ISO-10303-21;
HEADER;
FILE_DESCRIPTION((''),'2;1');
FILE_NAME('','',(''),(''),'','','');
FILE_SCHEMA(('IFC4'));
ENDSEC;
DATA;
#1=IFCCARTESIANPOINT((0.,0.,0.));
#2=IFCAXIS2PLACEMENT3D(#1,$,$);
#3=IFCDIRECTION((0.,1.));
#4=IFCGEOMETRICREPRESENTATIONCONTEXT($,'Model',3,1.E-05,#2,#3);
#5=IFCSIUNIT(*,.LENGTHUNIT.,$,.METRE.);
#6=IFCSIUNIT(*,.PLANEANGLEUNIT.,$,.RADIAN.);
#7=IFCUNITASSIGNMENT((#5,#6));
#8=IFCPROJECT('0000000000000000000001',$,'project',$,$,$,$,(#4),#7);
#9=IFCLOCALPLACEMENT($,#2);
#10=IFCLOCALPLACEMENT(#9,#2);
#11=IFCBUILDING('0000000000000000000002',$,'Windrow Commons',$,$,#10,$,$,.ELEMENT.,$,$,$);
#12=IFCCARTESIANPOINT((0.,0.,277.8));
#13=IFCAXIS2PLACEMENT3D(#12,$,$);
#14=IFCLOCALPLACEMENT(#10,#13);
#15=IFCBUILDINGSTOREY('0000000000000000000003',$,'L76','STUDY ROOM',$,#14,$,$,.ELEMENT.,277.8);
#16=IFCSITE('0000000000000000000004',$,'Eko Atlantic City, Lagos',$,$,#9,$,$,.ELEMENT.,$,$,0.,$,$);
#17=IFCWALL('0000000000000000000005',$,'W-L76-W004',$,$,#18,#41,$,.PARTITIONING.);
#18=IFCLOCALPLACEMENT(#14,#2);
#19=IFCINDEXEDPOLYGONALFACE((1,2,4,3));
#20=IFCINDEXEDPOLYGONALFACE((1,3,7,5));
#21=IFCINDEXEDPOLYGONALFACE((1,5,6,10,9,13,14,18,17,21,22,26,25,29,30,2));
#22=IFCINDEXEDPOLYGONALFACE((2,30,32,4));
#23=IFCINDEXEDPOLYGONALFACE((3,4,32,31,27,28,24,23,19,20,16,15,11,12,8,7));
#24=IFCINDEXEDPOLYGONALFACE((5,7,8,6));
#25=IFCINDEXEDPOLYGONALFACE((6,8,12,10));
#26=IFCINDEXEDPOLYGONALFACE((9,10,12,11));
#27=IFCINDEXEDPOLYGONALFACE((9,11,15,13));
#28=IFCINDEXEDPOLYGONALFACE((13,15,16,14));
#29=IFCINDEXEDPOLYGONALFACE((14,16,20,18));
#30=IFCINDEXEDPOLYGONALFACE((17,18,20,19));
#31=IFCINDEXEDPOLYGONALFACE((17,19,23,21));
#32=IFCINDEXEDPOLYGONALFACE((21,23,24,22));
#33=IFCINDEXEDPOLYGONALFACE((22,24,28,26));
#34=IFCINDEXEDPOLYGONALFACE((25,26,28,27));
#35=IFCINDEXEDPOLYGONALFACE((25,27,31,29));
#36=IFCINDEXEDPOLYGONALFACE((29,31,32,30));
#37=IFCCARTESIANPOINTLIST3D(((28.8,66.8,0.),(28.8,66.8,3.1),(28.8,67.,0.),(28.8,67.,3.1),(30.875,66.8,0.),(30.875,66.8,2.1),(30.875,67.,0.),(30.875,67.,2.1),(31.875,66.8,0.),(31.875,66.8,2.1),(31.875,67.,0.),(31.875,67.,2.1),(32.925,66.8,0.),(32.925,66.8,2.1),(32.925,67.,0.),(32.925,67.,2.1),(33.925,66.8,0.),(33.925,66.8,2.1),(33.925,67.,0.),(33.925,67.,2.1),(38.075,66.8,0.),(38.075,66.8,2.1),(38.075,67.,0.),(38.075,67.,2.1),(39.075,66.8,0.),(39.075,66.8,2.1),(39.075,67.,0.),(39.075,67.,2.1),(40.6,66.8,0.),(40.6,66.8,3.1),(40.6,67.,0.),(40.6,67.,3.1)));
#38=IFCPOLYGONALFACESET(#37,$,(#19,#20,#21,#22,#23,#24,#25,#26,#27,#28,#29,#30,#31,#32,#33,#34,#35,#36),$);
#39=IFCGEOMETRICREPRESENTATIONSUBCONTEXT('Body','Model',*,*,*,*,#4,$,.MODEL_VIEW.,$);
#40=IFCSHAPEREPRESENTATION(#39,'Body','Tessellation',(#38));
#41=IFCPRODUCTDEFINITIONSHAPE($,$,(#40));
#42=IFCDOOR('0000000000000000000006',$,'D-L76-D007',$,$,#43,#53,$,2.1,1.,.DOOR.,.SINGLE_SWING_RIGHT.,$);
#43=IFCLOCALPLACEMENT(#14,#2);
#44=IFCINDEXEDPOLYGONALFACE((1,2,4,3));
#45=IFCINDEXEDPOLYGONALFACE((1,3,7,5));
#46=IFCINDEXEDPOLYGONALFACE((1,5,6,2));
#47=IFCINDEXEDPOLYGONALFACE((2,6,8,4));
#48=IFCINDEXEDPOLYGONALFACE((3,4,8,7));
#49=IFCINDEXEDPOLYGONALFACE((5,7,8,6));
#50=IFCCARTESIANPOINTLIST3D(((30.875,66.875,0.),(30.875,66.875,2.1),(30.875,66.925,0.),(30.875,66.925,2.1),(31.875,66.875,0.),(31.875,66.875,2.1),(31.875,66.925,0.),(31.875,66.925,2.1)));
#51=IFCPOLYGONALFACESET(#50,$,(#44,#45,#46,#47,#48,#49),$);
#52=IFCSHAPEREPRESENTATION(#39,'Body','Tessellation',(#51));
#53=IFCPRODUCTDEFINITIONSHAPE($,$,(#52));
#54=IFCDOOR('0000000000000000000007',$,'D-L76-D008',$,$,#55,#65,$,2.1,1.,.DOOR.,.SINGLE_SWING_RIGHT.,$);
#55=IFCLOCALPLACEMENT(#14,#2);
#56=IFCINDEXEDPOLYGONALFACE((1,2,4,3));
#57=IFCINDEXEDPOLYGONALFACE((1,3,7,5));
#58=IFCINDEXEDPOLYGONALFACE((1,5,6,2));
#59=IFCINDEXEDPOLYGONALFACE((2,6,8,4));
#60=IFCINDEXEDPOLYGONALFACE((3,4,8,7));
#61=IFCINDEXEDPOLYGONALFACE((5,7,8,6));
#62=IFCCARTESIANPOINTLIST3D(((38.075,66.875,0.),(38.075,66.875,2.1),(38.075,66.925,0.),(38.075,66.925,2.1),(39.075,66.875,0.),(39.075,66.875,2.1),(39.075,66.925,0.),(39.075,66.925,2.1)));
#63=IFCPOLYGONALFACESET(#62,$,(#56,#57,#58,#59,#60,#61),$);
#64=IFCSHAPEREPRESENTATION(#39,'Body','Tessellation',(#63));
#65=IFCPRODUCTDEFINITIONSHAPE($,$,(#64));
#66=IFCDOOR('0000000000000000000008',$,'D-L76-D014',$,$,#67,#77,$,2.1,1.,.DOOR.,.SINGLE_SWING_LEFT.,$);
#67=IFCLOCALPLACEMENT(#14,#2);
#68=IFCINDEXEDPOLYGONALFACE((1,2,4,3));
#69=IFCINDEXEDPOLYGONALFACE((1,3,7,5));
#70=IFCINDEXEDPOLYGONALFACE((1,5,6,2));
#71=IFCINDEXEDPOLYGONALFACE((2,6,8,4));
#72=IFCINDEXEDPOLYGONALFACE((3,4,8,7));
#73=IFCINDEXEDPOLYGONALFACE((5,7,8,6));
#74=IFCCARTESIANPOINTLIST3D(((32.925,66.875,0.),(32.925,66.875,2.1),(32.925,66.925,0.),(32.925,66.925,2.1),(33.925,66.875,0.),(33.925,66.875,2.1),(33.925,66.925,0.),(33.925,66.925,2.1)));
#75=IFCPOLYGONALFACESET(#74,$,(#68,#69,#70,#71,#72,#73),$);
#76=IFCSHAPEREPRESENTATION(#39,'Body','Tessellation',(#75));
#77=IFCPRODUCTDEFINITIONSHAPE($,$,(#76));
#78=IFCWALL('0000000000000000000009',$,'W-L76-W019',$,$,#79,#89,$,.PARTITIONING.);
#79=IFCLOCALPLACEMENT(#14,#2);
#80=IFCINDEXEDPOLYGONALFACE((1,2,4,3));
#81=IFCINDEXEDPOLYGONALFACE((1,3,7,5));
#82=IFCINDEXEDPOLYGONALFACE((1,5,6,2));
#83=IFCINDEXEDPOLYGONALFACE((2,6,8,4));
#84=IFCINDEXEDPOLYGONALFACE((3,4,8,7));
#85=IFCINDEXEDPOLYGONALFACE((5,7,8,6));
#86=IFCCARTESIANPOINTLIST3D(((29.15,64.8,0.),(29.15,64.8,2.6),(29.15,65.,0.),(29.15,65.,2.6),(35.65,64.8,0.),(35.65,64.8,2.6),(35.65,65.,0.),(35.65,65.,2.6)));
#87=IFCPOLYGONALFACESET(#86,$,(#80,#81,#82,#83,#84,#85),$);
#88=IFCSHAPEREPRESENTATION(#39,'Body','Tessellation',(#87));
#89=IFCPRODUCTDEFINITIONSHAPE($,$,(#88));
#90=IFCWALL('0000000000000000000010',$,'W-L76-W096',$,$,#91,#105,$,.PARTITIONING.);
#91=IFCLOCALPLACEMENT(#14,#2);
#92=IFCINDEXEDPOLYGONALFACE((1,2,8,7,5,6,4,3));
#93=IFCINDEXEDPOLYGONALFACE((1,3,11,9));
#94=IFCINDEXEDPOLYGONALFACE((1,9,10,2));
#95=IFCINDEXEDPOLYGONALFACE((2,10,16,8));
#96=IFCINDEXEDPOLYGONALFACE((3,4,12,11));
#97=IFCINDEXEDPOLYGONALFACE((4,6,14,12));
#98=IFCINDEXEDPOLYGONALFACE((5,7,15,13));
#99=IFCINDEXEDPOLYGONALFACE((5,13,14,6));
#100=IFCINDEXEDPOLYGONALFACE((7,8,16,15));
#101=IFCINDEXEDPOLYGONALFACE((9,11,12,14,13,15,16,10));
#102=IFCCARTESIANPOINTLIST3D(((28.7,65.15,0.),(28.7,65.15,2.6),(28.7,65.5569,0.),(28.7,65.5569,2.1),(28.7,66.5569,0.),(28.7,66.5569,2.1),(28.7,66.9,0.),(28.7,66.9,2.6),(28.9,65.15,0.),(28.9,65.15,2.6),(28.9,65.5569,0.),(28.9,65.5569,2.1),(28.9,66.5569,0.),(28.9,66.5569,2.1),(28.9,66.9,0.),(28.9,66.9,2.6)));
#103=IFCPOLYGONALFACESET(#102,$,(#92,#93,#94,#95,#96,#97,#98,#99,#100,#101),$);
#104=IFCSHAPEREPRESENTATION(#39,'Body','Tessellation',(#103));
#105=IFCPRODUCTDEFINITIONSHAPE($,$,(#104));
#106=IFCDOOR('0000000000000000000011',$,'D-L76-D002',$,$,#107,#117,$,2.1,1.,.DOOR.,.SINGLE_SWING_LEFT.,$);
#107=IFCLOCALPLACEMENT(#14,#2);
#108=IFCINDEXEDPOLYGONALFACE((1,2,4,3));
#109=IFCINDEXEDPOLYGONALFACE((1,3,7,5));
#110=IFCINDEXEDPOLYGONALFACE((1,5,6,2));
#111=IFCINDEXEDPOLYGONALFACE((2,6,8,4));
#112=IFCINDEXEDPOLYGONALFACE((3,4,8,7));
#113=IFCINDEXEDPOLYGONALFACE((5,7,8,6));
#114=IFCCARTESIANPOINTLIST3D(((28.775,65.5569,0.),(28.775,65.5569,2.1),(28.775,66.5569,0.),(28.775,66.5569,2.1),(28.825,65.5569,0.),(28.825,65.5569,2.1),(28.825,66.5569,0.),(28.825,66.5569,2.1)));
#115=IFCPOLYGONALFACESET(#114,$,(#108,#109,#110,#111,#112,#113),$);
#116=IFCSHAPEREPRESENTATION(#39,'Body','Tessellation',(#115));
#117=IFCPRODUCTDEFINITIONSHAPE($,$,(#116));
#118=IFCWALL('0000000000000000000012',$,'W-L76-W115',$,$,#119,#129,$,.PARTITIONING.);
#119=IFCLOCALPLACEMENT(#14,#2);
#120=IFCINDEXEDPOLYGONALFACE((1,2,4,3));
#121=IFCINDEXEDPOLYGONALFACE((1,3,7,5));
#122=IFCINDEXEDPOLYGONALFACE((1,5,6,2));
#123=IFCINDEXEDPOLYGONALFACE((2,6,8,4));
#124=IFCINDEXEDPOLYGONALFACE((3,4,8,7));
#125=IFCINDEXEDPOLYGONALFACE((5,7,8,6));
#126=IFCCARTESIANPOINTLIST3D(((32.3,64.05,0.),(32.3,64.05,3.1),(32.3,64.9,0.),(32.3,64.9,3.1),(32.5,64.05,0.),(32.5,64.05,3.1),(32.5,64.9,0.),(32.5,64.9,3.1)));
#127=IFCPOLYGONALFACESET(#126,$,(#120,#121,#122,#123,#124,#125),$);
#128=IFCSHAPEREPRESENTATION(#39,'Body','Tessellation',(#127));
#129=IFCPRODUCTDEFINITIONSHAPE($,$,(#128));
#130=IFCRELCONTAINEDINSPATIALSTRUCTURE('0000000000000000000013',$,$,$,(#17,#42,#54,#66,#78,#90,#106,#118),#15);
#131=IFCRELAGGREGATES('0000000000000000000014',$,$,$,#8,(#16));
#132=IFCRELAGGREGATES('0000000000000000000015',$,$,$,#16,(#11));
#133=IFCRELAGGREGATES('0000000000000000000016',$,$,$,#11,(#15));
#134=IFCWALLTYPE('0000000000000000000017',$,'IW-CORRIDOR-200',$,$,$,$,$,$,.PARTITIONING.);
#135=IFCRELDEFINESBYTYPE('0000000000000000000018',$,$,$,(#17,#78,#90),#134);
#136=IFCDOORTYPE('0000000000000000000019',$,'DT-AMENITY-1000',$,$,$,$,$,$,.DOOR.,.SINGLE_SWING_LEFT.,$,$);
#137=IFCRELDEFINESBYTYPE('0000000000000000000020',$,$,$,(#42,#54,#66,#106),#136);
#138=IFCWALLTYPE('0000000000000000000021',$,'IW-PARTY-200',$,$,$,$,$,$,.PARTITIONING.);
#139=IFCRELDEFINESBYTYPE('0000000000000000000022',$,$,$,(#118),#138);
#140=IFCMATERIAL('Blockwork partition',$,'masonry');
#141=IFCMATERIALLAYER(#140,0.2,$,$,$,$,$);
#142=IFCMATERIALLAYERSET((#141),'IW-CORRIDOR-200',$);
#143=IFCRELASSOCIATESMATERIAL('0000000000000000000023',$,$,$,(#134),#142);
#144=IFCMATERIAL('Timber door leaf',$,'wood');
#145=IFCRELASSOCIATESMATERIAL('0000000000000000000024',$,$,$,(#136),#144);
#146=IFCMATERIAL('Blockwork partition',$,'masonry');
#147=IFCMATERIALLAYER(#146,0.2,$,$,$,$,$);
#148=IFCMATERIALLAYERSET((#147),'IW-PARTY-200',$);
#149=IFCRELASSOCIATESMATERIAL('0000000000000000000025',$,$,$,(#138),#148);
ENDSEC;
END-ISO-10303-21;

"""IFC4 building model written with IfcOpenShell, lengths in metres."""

from ifc_helpers import new_model, si_unit, direction, frame, frame_2d, origin, place, context, subcontext, project, spatial, rectangle, extrude, material, layer, layer_set, type_object, element, fill, save


model = new_model("IFC4")

# Units and contexts
model_context = context("Model", 3, precision=1e-05, world=origin(), true_north=direction((0.0, 1.0)))
body_context = subcontext(model_context, "Body", "Model", "MODEL_VIEW")
ifc_project = project(units=[si_unit("LENGTHUNIT", "METRE"), si_unit("PLANEANGLEUNIT", "RADIAN")], contexts=[model_context])

# Site, building, storey
site_placement = place(None, origin())
site = spatial("IfcSite", under=ifc_project, at=site_placement, Name="Eko Atlantic City, Lagos", CompositionType="ELEMENT", RefElevation=0.0)
building_placement = place(site_placement, origin())
building = spatial("IfcBuilding", under=site, at=building_placement, Name="Windrow Commons", CompositionType="ELEMENT")
storey_placement = place(building_placement, frame((0.0, 0.0, 277.8)))
storey = spatial("IfcBuildingStorey", under=building, at=storey_placement, Name="L76", Description="STUDY ROOM", CompositionType="ELEMENT", Elevation=277.8)

# Wall, openings, doors
ifc_material_1 = material(Name="Blockwork partition", Category="masonry")
ifc_layer_1 = layer(ifc_material_1, 0.2)
ifc_layer_set_1 = layer_set([ifc_layer_1], Name="IW-CORRIDOR-200")
wall_type_1 = type_object("IfcWallType", Name="IW-CORRIDOR-200", PredefinedType="PARTITIONING", material=ifc_layer_set_1)
wall_1_placement = place(storey_placement, frame((28.8, 66.9, 0.0), z_axis=(0.0, 0.0, 1.0), x_axis=(1.0, 0.0, 0.0)))
wall_1 = element("IfcWall", 1, at=wall_1_placement, inside=storey, type_object=wall_type_1, Name="W-L76-W004", PredefinedType="PARTITIONING", context=body_context, shape_type="SweptSolid", body=[
    extrude(rectangle(XDim=11.8, YDim=0.2, at=frame_2d((5.9, 0.0))), origin(), (0.0, 0.0, 1.0), 3.1),
])
opening_1_placement = place(wall_1_placement, frame((2.075, 0.0, 0.0)))
opening_1 = element("IfcOpeningElement", 2, at=opening_1_placement, cuts=wall_1, PredefinedType="OPENING", context=body_context, shape_type="SweptSolid", body=[
    extrude(rectangle(XDim=1.0, YDim=2.1, at=frame_2d((0.5, 1.05))), frame((0.0, 0.11, 0.0), z_axis=(0.0, -1.0, 0.0), x_axis=(1.0, 0.0, 0.0)), (0.0, 0.0, 1.0), 0.22),
])
opening_2_placement = place(wall_1_placement, frame((9.275, 0.0, 0.0)))
opening_2 = element("IfcOpeningElement", 3, at=opening_2_placement, cuts=wall_1, PredefinedType="OPENING", context=body_context, shape_type="SweptSolid", body=[
    extrude(rectangle(XDim=1.0, YDim=2.1, at=frame_2d((0.5, 1.05))), frame((0.0, 0.11, 0.0), z_axis=(0.0, -1.0, 0.0), x_axis=(1.0, 0.0, 0.0)), (0.0, 0.0, 1.0), 0.22),
])
opening_3_placement = place(wall_1_placement, frame((4.125, 0.0, 0.0)))
opening_3 = element("IfcOpeningElement", 4, at=opening_3_placement, cuts=wall_1, PredefinedType="OPENING", context=body_context, shape_type="SweptSolid", body=[
    extrude(rectangle(XDim=1.0, YDim=2.1, at=frame_2d((0.5, 1.05))), frame((0.0, 0.11, 0.0), z_axis=(0.0, -1.0, 0.0), x_axis=(1.0, 0.0, 0.0)), (0.0, 0.0, 1.0), 0.22),
])
ifc_material_2 = material(Name="Timber door leaf", Category="wood")
door_type = type_object("IfcDoorType", Name="DT-AMENITY-1000", OperationType="SINGLE_SWING_LEFT", PredefinedType="DOOR", material=ifc_material_2)
door_1_placement = place(opening_1_placement, origin())
door_1 = element("IfcDoor", 5, at=door_1_placement, inside=storey, type_object=door_type, Name="D-L76-D007", OperationType="SINGLE_SWING_RIGHT", OverallHeight=2.1, OverallWidth=1.0, PredefinedType="DOOR", context=body_context, shape_type="SweptSolid", body=[
    extrude(rectangle(XDim=1.0, YDim=2.1, at=frame_2d((0.5, 1.05))), frame((0.0, 0.025, 0.0), z_axis=(0.0, -1.0, 0.0), x_axis=(1.0, 0.0, 0.0)), (0.0, 0.0, 1.0), 0.05),
])
fill(opening_1, door_1)
door_2_placement = place(opening_2_placement, origin())
door_2 = element("IfcDoor", 6, at=door_2_placement, inside=storey, type_object=door_type, Name="D-L76-D008", OperationType="SINGLE_SWING_RIGHT", OverallHeight=2.1, OverallWidth=1.0, PredefinedType="DOOR", context=body_context, shape_type="SweptSolid", body=[
    extrude(rectangle(XDim=1.0, YDim=2.1, at=frame_2d((0.5, 1.05))), frame((0.0, 0.025, 0.0), z_axis=(0.0, -1.0, 0.0), x_axis=(1.0, 0.0, 0.0)), (0.0, 0.0, 1.0), 0.05),
])
fill(opening_2, door_2)
door_3_placement = place(opening_3_placement, origin())
door_3 = element("IfcDoor", 7, at=door_3_placement, inside=storey, type_object=door_type, Name="D-L76-D014", OperationType="SINGLE_SWING_LEFT", OverallHeight=2.1, OverallWidth=1.0, PredefinedType="DOOR", context=body_context, shape_type="SweptSolid", body=[
    extrude(rectangle(XDim=1.0, YDim=2.1, at=frame_2d((0.5, 1.05))), frame((0.0, 0.025, 0.0), z_axis=(0.0, -1.0, 0.0), x_axis=(1.0, 0.0, 0.0)), (0.0, 0.0, 1.0), 0.05),
])
fill(opening_3, door_3)

# Wall
wall_2_placement = place(storey_placement, frame((29.15, 64.9, 0.0), z_axis=(0.0, 0.0, 1.0), x_axis=(1.0, 0.0, 0.0)))
element("IfcWall", 8, at=wall_2_placement, inside=storey, type_object=wall_type_1, Name="W-L76-W019", PredefinedType="PARTITIONING", context=body_context, shape_type="SweptSolid", body=[
    extrude(rectangle(XDim=6.5, YDim=0.2, at=frame_2d((3.25, 0.0))), origin(), (0.0, 0.0, 1.0), 2.6),
])

# Wall, opening, door
wall_3_placement = place(storey_placement, frame((28.8, 65.15, 0.0), z_axis=(0.0, 0.0, 1.0), x_axis=(0.0, 1.0, 0.0)))
wall_3 = element("IfcWall", 9, at=wall_3_placement, inside=storey, type_object=wall_type_1, Name="W-L76-W096", PredefinedType="PARTITIONING", context=body_context, shape_type="SweptSolid", body=[
    extrude(rectangle(XDim=1.75, YDim=0.2, at=frame_2d((0.875, 0.0))), origin(), (0.0, 0.0, 1.0), 2.6),
])
opening_4_placement = place(wall_3_placement, frame((0.4069, 0.0, 0.0)))
opening_4 = element("IfcOpeningElement", 10, at=opening_4_placement, cuts=wall_3, PredefinedType="OPENING", context=body_context, shape_type="SweptSolid", body=[
    extrude(rectangle(XDim=1.0, YDim=2.1, at=frame_2d((0.5, 1.05))), frame((0.0, 0.11, 0.0), z_axis=(0.0, -1.0, 0.0), x_axis=(1.0, 0.0, 0.0)), (0.0, 0.0, 1.0), 0.22),
])
door_4_placement = place(opening_4_placement, origin())
door_4 = element("IfcDoor", 11, at=door_4_placement, inside=storey, type_object=door_type, Name="D-L76-D002", OperationType="SINGLE_SWING_LEFT", OverallHeight=2.1, OverallWidth=1.0, PredefinedType="DOOR", context=body_context, shape_type="SweptSolid", body=[
    extrude(rectangle(XDim=1.0, YDim=2.1, at=frame_2d((0.5, 1.05))), frame((0.0, 0.025, 0.0), z_axis=(0.0, -1.0, 0.0), x_axis=(1.0, 0.0, 0.0)), (0.0, 0.0, 1.0), 0.05),
])
fill(opening_4, door_4)

# Wall
ifc_material_3 = material(Name="Blockwork partition", Category="masonry")
ifc_layer_2 = layer(ifc_material_3, 0.2)
ifc_layer_set_2 = layer_set([ifc_layer_2], Name="IW-PARTY-200")
wall_type_2 = type_object("IfcWallType", Name="IW-PARTY-200", PredefinedType="PARTITIONING", material=ifc_layer_set_2)
wall_4_placement = place(storey_placement, frame((32.4, 64.05, 0.0), z_axis=(0.0, 0.0, 1.0), x_axis=(0.0, 1.0, 0.0)))
element("IfcWall", 12, at=wall_4_placement, inside=storey, type_object=wall_type_2, Name="W-L76-W115", PredefinedType="PARTITIONING", context=body_context, shape_type="SweptSolid", body=[
    extrude(rectangle(XDim=0.85, YDim=0.2, at=frame_2d((0.425, 0.0))), origin(), (0.0, 0.0, 1.0), 3.1),
])

save(model, "model.ifc")
